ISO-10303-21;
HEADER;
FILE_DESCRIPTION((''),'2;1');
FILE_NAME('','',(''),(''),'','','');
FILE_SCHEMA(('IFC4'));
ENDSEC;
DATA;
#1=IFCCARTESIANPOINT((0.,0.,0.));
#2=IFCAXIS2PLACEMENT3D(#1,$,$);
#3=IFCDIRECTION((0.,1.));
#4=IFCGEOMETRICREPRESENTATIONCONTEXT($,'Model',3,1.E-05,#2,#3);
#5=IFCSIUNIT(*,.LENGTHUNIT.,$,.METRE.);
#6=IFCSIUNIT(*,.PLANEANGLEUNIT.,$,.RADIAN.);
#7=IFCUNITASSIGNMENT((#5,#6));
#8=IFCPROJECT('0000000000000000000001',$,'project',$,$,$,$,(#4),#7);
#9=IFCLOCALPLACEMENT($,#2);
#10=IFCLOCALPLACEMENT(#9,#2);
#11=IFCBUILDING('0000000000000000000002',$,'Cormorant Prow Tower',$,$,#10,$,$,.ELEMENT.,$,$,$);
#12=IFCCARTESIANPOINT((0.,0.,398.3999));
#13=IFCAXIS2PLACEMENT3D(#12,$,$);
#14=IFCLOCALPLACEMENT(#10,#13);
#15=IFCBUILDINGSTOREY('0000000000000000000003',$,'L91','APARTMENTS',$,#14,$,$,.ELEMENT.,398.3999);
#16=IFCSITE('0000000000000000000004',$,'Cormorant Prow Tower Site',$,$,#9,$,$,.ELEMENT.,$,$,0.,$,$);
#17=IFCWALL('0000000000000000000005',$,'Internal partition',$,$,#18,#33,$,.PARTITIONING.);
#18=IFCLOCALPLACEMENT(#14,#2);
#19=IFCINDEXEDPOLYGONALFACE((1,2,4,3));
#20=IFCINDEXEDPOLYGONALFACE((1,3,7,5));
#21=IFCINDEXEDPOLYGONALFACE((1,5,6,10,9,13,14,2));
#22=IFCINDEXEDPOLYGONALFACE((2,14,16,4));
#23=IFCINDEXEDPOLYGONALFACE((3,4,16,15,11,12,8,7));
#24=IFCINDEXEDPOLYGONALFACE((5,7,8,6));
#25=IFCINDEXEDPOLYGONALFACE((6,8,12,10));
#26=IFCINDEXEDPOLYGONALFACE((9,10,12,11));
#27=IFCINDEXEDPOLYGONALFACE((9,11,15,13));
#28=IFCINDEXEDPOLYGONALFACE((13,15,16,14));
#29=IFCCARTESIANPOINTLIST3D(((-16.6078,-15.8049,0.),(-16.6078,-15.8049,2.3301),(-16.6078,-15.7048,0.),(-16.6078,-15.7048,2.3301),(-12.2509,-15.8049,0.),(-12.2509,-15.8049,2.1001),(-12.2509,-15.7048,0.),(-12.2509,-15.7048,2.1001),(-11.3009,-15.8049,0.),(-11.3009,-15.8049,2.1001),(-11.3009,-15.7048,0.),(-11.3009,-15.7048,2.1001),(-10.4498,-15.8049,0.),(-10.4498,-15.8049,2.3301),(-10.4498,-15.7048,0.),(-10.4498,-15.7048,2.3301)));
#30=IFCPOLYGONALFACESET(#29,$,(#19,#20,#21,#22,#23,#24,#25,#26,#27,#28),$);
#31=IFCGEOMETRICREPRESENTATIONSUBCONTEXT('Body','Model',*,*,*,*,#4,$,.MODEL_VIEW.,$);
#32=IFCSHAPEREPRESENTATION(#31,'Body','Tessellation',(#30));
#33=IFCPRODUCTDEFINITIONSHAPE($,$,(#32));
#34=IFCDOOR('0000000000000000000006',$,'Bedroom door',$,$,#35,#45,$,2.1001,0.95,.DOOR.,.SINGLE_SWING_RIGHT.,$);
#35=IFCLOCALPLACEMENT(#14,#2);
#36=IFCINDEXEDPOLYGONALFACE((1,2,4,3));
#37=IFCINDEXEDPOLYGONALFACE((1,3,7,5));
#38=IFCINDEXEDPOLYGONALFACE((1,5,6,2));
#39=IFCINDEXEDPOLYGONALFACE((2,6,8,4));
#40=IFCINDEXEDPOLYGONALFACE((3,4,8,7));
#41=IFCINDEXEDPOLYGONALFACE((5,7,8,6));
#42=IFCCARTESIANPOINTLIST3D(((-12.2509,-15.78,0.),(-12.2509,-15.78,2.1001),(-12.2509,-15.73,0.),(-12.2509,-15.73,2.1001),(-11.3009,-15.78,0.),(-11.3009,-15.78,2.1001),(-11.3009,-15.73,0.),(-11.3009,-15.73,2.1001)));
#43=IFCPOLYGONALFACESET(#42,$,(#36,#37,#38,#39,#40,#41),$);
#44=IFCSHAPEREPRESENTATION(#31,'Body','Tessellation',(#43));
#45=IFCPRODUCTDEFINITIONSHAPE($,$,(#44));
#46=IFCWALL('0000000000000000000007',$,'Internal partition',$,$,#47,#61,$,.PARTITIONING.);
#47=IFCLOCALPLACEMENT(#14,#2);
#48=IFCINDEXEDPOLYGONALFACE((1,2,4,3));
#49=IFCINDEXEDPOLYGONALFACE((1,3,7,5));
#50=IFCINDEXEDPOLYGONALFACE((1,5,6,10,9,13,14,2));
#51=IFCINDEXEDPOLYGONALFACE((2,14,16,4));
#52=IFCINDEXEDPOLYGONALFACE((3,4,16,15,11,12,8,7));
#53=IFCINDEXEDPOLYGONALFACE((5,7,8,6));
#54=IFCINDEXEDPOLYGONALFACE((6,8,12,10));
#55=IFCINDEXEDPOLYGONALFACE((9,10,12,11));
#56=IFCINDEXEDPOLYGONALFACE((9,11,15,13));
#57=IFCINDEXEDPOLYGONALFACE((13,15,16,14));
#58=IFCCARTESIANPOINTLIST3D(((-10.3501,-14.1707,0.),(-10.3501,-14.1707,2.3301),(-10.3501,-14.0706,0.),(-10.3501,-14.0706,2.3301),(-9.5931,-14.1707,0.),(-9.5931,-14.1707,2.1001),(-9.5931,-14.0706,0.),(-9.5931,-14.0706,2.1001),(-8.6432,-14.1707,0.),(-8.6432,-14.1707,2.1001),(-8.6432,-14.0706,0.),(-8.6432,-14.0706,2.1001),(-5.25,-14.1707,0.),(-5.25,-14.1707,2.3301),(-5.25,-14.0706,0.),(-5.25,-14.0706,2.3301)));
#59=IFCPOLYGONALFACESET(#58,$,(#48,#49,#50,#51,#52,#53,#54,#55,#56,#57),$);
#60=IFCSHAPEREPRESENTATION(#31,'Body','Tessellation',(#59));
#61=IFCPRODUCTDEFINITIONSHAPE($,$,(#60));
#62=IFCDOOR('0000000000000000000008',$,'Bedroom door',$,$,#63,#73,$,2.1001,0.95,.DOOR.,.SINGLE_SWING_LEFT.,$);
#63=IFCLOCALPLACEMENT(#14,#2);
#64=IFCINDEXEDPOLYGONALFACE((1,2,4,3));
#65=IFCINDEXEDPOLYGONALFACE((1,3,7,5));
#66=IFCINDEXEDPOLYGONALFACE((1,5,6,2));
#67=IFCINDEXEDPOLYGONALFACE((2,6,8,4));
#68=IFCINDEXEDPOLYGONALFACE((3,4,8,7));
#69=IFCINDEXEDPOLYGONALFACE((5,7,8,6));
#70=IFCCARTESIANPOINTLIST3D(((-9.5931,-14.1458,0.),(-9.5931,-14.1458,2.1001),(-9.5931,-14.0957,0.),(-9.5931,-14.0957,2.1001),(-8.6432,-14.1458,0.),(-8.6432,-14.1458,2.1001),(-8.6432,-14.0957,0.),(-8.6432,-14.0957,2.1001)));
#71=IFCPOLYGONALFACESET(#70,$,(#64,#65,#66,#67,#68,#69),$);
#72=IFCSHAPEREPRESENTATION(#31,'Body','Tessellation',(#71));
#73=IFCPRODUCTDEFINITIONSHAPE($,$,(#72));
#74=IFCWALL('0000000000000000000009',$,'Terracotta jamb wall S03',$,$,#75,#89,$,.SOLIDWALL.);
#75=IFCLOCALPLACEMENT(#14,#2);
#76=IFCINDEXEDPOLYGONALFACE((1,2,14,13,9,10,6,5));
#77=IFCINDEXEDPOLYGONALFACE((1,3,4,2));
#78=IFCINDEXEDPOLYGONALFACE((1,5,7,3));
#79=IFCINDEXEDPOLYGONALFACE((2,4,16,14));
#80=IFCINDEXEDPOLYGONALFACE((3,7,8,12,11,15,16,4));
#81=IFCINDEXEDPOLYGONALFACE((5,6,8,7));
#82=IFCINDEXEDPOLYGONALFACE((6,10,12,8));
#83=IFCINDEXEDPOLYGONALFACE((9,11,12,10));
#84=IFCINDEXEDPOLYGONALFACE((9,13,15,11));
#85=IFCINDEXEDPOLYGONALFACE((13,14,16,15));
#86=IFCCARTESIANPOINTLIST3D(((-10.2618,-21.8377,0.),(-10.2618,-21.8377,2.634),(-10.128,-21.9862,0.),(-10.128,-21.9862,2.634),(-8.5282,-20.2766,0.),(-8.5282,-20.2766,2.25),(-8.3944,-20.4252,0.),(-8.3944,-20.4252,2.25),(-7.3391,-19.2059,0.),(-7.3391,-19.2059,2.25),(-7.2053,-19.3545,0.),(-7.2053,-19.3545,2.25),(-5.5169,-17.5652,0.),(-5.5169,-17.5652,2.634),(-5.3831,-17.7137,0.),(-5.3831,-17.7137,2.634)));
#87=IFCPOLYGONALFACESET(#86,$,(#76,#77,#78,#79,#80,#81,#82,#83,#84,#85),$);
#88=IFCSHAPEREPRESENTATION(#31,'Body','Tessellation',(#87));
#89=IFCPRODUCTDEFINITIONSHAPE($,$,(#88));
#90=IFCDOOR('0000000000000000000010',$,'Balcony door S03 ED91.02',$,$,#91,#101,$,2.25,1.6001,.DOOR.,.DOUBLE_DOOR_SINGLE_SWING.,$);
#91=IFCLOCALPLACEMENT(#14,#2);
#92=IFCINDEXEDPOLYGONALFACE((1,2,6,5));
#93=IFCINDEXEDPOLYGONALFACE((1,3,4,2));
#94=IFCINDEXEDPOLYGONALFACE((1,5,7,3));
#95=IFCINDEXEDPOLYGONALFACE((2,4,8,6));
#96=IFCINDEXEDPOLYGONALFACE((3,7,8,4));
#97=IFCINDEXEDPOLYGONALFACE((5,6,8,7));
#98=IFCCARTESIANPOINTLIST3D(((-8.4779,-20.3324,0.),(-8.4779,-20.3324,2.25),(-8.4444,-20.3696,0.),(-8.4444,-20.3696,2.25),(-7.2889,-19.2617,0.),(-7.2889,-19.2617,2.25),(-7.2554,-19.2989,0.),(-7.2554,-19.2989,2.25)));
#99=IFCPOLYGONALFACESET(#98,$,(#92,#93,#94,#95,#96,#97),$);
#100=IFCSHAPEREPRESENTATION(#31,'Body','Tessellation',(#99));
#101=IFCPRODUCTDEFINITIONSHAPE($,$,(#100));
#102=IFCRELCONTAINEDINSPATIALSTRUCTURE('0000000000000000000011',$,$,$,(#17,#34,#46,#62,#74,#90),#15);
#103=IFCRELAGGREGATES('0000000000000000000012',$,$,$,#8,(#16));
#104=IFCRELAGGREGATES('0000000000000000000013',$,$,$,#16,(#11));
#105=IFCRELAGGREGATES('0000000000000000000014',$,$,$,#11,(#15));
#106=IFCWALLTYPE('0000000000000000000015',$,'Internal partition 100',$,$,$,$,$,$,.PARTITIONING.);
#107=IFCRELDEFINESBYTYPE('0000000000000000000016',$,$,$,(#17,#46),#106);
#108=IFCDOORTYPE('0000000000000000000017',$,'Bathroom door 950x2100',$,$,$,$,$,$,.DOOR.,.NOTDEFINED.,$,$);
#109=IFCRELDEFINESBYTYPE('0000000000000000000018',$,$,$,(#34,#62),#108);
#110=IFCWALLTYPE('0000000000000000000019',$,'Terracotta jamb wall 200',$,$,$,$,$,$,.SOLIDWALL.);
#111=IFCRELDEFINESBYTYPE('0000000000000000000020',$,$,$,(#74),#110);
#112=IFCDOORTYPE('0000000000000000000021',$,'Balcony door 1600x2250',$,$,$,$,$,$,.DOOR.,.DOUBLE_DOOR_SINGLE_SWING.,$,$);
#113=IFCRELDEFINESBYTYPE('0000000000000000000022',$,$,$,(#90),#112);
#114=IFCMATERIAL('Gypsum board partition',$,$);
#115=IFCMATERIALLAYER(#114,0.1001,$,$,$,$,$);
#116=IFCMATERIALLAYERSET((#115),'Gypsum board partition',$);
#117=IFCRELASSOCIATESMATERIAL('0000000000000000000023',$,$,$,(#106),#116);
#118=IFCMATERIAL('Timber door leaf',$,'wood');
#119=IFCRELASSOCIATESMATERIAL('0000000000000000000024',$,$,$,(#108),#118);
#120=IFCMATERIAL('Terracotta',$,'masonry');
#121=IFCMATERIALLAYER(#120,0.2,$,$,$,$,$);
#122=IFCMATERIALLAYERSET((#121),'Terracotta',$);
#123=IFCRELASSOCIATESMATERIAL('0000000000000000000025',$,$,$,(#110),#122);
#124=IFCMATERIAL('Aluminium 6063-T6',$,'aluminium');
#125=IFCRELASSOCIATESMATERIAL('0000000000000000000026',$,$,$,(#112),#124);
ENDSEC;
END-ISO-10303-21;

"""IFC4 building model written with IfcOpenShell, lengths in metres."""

from ifc_helpers import new_model, si_unit, direction, frame, frame_2d, origin, place, context, subcontext, project, spatial, rectangle, extrude, material, layer, layer_set, type_object, element, fill, save


model = new_model("IFC4")

# Units and contexts
model_context = context("Model", 3, precision=1e-05, world=origin(), true_north=direction((0.0, 1.0)))
body_context = subcontext(model_context, "Body", "Model", "MODEL_VIEW")
ifc_project = project(units=[si_unit("LENGTHUNIT", "METRE"), si_unit("PLANEANGLEUNIT", "RADIAN")], contexts=[model_context])

# Site, building, storey
site_placement = place(None, origin())
site = spatial("IfcSite", under=ifc_project, at=site_placement, Name="Cormorant Prow Tower Site", CompositionType="ELEMENT", RefElevation=0.0)
building_placement = place(site_placement, origin())
building = spatial("IfcBuilding", under=site, at=building_placement, Name="Cormorant Prow Tower", CompositionType="ELEMENT")
storey_placement = place(building_placement, frame((0.0, 0.0, 398.3999)))
storey = spatial("IfcBuildingStorey", under=building, at=storey_placement, Name="L91", Description="APARTMENTS", CompositionType="ELEMENT", Elevation=398.3999)

# Walls, openings, doors
ifc_material_1 = material(Name="Gypsum board partition")
ifc_layer_1 = layer(ifc_material_1, 0.1001)
ifc_layer_set_1 = layer_set([ifc_layer_1], Name="Gypsum board partition")
wall_type_1 = type_object("IfcWallType", Name="Internal partition 100", PredefinedType="PARTITIONING", material=ifc_layer_set_1)
ifc_material_2 = material(Name="Timber door leaf", Category="wood")
door_type_1 = type_object("IfcDoorType", Name="Bathroom door 950x2100", OperationType="NOTDEFINED", PredefinedType="DOOR", material=ifc_material_2)
wall_1_placement = place(storey_placement, frame((-16.6079, -15.7549, 0.0), z_axis=(0.0, 0.0, 1.0), x_axis=(1.0, 0.0, 0.0)))
wall_1 = element("IfcWall", 1, at=wall_1_placement, inside=storey, type_object=wall_type_1, Name="Internal partition", PredefinedType="PARTITIONING", context=body_context, shape_type="SweptSolid", body=[
    extrude(rectangle(XDim=6.158, YDim=0.1001, at=frame_2d((3.0791, 0.0))), origin(), (0.0, 0.0, 1.0), 2.3301),
])
opening_1_placement = place(wall_1_placement, frame((4.3569, 0.0, 0.0)))
opening_1 = element("IfcOpeningElement", 2, at=opening_1_placement, cuts=wall_1, PredefinedType="OPENING", context=body_context, shape_type="SweptSolid", body=[
    extrude(rectangle(XDim=0.95, YDim=2.1001, at=frame_2d((0.4751, 1.05))), frame((0.0, 0.0601, 0.0), z_axis=(0.0, -1.0, 0.0), x_axis=(1.0, 0.0, 0.0)), (0.0, 0.0, 1.0), 0.1201),
])
door_1_placement = place(opening_1_placement, origin())
door_1 = element("IfcDoor", 3, at=door_1_placement, inside=storey, type_object=door_type_1, Name="Bedroom door", OperationType="SINGLE_SWING_RIGHT", OverallHeight=2.1001, OverallWidth=0.95, PredefinedType="DOOR", context=body_context, shape_type="SweptSolid", body=[
    extrude(rectangle(XDim=0.95, YDim=2.1001, at=frame_2d((0.4751, 1.05))), frame((0.0, 0.0249, 0.0), z_axis=(0.0, -1.0, 0.0), x_axis=(1.0, 0.0, 0.0)), (0.0, 0.0, 1.0), 0.05),
])
fill(opening_1, door_1)
wall_2_placement = place(storey_placement, frame((-10.3501, -14.1206, 0.0), z_axis=(0.0, 0.0, 1.0), x_axis=(1.0, 0.0, 0.0)))
wall_2 = element("IfcWall", 4, at=wall_2_placement, inside=storey, type_object=wall_type_1, Name="Internal partition", PredefinedType="PARTITIONING", context=body_context, shape_type="SweptSolid", body=[
    extrude(rectangle(XDim=5.1001, YDim=0.1001, at=frame_2d((2.55, 0.0))), origin(), (0.0, 0.0, 1.0), 2.3301),
])
opening_2_placement = place(wall_2_placement, frame((0.7568, 0.0, 0.0)))
opening_2 = element("IfcOpeningElement", 5, at=opening_2_placement, cuts=wall_2, PredefinedType="OPENING", context=body_context, shape_type="SweptSolid", body=[
    extrude(rectangle(XDim=0.95, YDim=2.1001, at=frame_2d((0.4751, 1.05))), frame((0.0, 0.0601, 0.0), z_axis=(0.0, -1.0, 0.0), x_axis=(1.0, 0.0, 0.0)), (0.0, 0.0, 1.0), 0.1201),
])
door_2_placement = place(opening_2_placement, origin())
door_2 = element("IfcDoor", 6, at=door_2_placement, inside=storey, type_object=door_type_1, Name="Bedroom door", OperationType="SINGLE_SWING_LEFT", OverallHeight=2.1001, OverallWidth=0.95, PredefinedType="DOOR", context=body_context, shape_type="SweptSolid", body=[
    extrude(rectangle(XDim=0.95, YDim=2.1001, at=frame_2d((0.4751, 1.05))), frame((0.0, 0.0249, 0.0), z_axis=(0.0, -1.0, 0.0), x_axis=(1.0, 0.0, 0.0)), (0.0, 0.0, 1.0), 0.05),
])
fill(opening_2, door_2)
ifc_material_3 = material(Name="Terracotta", Category="masonry")
ifc_layer_2 = layer(ifc_material_3, 0.2)
ifc_layer_set_2 = layer_set([ifc_layer_2], Name="Terracotta")
wall_type_2 = type_object("IfcWallType", Name="Terracotta jamb wall 200", PredefinedType="SOLIDWALL", material=ifc_layer_set_2)
wall_3_placement = place(storey_placement, frame((-10.1948, -21.9119, 0.0), z_axis=(0.0, 0.0, 1.0), x_axis=(0.743133, 0.669144, 0.0)))
wall_3 = element("IfcWall", 7, at=wall_3_placement, inside=storey, type_object=wall_type_2, Name="Terracotta jamb wall S03", PredefinedType="SOLIDWALL", context=body_context, shape_type="SweptSolid", body=[
    extrude(rectangle(XDim=6.385, YDim=0.2, at=frame_2d((3.1924, 0.0))), origin(), (0.0, 0.0, 1.0), 2.634),
])
opening_3_placement = place(wall_3_placement, frame((2.3328, 0.0, 0.0)))
opening_3 = element("IfcOpeningElement", 8, at=opening_3_placement, cuts=wall_3, PredefinedType="OPENING", context=body_context, shape_type="SweptSolid", body=[
    extrude(rectangle(XDim=1.6001, YDim=2.25, at=frame_2d((0.8, 1.125))), frame((0.0, 0.1099, 0.0), z_axis=(0.0, -1.0, 0.0), x_axis=(1.0, 0.0, 0.0)), (0.0, 0.0, 1.0), 0.22),
])
ifc_material_4 = material(Name="Aluminium 6063-T6", Category="aluminium")
door_type_2 = type_object("IfcDoorType", Name="Balcony door 1600x2250", OperationType="DOUBLE_DOOR_SINGLE_SWING", PredefinedType="DOOR", material=ifc_material_4)
door_3_placement = place(opening_3_placement, origin())
door_3 = element("IfcDoor", 9, at=door_3_placement, inside=storey, type_object=door_type_2, Name="Balcony door S03 ED91.02", OperationType="DOUBLE_DOOR_SINGLE_SWING", OverallHeight=2.25, OverallWidth=1.6001, PredefinedType="DOOR", context=body_context, shape_type="SweptSolid", body=[
    extrude(rectangle(XDim=1.6001, YDim=2.25, at=frame_2d((0.8, 1.125))), frame((0.0, 0.0249, 0.0), z_axis=(0.0, -1.0, 0.0), x_axis=(1.0, 0.0, 0.0)), (0.0, 0.0, 1.0), 0.05),
])
fill(opening_3, door_3)

save(model, "model.ifc")
